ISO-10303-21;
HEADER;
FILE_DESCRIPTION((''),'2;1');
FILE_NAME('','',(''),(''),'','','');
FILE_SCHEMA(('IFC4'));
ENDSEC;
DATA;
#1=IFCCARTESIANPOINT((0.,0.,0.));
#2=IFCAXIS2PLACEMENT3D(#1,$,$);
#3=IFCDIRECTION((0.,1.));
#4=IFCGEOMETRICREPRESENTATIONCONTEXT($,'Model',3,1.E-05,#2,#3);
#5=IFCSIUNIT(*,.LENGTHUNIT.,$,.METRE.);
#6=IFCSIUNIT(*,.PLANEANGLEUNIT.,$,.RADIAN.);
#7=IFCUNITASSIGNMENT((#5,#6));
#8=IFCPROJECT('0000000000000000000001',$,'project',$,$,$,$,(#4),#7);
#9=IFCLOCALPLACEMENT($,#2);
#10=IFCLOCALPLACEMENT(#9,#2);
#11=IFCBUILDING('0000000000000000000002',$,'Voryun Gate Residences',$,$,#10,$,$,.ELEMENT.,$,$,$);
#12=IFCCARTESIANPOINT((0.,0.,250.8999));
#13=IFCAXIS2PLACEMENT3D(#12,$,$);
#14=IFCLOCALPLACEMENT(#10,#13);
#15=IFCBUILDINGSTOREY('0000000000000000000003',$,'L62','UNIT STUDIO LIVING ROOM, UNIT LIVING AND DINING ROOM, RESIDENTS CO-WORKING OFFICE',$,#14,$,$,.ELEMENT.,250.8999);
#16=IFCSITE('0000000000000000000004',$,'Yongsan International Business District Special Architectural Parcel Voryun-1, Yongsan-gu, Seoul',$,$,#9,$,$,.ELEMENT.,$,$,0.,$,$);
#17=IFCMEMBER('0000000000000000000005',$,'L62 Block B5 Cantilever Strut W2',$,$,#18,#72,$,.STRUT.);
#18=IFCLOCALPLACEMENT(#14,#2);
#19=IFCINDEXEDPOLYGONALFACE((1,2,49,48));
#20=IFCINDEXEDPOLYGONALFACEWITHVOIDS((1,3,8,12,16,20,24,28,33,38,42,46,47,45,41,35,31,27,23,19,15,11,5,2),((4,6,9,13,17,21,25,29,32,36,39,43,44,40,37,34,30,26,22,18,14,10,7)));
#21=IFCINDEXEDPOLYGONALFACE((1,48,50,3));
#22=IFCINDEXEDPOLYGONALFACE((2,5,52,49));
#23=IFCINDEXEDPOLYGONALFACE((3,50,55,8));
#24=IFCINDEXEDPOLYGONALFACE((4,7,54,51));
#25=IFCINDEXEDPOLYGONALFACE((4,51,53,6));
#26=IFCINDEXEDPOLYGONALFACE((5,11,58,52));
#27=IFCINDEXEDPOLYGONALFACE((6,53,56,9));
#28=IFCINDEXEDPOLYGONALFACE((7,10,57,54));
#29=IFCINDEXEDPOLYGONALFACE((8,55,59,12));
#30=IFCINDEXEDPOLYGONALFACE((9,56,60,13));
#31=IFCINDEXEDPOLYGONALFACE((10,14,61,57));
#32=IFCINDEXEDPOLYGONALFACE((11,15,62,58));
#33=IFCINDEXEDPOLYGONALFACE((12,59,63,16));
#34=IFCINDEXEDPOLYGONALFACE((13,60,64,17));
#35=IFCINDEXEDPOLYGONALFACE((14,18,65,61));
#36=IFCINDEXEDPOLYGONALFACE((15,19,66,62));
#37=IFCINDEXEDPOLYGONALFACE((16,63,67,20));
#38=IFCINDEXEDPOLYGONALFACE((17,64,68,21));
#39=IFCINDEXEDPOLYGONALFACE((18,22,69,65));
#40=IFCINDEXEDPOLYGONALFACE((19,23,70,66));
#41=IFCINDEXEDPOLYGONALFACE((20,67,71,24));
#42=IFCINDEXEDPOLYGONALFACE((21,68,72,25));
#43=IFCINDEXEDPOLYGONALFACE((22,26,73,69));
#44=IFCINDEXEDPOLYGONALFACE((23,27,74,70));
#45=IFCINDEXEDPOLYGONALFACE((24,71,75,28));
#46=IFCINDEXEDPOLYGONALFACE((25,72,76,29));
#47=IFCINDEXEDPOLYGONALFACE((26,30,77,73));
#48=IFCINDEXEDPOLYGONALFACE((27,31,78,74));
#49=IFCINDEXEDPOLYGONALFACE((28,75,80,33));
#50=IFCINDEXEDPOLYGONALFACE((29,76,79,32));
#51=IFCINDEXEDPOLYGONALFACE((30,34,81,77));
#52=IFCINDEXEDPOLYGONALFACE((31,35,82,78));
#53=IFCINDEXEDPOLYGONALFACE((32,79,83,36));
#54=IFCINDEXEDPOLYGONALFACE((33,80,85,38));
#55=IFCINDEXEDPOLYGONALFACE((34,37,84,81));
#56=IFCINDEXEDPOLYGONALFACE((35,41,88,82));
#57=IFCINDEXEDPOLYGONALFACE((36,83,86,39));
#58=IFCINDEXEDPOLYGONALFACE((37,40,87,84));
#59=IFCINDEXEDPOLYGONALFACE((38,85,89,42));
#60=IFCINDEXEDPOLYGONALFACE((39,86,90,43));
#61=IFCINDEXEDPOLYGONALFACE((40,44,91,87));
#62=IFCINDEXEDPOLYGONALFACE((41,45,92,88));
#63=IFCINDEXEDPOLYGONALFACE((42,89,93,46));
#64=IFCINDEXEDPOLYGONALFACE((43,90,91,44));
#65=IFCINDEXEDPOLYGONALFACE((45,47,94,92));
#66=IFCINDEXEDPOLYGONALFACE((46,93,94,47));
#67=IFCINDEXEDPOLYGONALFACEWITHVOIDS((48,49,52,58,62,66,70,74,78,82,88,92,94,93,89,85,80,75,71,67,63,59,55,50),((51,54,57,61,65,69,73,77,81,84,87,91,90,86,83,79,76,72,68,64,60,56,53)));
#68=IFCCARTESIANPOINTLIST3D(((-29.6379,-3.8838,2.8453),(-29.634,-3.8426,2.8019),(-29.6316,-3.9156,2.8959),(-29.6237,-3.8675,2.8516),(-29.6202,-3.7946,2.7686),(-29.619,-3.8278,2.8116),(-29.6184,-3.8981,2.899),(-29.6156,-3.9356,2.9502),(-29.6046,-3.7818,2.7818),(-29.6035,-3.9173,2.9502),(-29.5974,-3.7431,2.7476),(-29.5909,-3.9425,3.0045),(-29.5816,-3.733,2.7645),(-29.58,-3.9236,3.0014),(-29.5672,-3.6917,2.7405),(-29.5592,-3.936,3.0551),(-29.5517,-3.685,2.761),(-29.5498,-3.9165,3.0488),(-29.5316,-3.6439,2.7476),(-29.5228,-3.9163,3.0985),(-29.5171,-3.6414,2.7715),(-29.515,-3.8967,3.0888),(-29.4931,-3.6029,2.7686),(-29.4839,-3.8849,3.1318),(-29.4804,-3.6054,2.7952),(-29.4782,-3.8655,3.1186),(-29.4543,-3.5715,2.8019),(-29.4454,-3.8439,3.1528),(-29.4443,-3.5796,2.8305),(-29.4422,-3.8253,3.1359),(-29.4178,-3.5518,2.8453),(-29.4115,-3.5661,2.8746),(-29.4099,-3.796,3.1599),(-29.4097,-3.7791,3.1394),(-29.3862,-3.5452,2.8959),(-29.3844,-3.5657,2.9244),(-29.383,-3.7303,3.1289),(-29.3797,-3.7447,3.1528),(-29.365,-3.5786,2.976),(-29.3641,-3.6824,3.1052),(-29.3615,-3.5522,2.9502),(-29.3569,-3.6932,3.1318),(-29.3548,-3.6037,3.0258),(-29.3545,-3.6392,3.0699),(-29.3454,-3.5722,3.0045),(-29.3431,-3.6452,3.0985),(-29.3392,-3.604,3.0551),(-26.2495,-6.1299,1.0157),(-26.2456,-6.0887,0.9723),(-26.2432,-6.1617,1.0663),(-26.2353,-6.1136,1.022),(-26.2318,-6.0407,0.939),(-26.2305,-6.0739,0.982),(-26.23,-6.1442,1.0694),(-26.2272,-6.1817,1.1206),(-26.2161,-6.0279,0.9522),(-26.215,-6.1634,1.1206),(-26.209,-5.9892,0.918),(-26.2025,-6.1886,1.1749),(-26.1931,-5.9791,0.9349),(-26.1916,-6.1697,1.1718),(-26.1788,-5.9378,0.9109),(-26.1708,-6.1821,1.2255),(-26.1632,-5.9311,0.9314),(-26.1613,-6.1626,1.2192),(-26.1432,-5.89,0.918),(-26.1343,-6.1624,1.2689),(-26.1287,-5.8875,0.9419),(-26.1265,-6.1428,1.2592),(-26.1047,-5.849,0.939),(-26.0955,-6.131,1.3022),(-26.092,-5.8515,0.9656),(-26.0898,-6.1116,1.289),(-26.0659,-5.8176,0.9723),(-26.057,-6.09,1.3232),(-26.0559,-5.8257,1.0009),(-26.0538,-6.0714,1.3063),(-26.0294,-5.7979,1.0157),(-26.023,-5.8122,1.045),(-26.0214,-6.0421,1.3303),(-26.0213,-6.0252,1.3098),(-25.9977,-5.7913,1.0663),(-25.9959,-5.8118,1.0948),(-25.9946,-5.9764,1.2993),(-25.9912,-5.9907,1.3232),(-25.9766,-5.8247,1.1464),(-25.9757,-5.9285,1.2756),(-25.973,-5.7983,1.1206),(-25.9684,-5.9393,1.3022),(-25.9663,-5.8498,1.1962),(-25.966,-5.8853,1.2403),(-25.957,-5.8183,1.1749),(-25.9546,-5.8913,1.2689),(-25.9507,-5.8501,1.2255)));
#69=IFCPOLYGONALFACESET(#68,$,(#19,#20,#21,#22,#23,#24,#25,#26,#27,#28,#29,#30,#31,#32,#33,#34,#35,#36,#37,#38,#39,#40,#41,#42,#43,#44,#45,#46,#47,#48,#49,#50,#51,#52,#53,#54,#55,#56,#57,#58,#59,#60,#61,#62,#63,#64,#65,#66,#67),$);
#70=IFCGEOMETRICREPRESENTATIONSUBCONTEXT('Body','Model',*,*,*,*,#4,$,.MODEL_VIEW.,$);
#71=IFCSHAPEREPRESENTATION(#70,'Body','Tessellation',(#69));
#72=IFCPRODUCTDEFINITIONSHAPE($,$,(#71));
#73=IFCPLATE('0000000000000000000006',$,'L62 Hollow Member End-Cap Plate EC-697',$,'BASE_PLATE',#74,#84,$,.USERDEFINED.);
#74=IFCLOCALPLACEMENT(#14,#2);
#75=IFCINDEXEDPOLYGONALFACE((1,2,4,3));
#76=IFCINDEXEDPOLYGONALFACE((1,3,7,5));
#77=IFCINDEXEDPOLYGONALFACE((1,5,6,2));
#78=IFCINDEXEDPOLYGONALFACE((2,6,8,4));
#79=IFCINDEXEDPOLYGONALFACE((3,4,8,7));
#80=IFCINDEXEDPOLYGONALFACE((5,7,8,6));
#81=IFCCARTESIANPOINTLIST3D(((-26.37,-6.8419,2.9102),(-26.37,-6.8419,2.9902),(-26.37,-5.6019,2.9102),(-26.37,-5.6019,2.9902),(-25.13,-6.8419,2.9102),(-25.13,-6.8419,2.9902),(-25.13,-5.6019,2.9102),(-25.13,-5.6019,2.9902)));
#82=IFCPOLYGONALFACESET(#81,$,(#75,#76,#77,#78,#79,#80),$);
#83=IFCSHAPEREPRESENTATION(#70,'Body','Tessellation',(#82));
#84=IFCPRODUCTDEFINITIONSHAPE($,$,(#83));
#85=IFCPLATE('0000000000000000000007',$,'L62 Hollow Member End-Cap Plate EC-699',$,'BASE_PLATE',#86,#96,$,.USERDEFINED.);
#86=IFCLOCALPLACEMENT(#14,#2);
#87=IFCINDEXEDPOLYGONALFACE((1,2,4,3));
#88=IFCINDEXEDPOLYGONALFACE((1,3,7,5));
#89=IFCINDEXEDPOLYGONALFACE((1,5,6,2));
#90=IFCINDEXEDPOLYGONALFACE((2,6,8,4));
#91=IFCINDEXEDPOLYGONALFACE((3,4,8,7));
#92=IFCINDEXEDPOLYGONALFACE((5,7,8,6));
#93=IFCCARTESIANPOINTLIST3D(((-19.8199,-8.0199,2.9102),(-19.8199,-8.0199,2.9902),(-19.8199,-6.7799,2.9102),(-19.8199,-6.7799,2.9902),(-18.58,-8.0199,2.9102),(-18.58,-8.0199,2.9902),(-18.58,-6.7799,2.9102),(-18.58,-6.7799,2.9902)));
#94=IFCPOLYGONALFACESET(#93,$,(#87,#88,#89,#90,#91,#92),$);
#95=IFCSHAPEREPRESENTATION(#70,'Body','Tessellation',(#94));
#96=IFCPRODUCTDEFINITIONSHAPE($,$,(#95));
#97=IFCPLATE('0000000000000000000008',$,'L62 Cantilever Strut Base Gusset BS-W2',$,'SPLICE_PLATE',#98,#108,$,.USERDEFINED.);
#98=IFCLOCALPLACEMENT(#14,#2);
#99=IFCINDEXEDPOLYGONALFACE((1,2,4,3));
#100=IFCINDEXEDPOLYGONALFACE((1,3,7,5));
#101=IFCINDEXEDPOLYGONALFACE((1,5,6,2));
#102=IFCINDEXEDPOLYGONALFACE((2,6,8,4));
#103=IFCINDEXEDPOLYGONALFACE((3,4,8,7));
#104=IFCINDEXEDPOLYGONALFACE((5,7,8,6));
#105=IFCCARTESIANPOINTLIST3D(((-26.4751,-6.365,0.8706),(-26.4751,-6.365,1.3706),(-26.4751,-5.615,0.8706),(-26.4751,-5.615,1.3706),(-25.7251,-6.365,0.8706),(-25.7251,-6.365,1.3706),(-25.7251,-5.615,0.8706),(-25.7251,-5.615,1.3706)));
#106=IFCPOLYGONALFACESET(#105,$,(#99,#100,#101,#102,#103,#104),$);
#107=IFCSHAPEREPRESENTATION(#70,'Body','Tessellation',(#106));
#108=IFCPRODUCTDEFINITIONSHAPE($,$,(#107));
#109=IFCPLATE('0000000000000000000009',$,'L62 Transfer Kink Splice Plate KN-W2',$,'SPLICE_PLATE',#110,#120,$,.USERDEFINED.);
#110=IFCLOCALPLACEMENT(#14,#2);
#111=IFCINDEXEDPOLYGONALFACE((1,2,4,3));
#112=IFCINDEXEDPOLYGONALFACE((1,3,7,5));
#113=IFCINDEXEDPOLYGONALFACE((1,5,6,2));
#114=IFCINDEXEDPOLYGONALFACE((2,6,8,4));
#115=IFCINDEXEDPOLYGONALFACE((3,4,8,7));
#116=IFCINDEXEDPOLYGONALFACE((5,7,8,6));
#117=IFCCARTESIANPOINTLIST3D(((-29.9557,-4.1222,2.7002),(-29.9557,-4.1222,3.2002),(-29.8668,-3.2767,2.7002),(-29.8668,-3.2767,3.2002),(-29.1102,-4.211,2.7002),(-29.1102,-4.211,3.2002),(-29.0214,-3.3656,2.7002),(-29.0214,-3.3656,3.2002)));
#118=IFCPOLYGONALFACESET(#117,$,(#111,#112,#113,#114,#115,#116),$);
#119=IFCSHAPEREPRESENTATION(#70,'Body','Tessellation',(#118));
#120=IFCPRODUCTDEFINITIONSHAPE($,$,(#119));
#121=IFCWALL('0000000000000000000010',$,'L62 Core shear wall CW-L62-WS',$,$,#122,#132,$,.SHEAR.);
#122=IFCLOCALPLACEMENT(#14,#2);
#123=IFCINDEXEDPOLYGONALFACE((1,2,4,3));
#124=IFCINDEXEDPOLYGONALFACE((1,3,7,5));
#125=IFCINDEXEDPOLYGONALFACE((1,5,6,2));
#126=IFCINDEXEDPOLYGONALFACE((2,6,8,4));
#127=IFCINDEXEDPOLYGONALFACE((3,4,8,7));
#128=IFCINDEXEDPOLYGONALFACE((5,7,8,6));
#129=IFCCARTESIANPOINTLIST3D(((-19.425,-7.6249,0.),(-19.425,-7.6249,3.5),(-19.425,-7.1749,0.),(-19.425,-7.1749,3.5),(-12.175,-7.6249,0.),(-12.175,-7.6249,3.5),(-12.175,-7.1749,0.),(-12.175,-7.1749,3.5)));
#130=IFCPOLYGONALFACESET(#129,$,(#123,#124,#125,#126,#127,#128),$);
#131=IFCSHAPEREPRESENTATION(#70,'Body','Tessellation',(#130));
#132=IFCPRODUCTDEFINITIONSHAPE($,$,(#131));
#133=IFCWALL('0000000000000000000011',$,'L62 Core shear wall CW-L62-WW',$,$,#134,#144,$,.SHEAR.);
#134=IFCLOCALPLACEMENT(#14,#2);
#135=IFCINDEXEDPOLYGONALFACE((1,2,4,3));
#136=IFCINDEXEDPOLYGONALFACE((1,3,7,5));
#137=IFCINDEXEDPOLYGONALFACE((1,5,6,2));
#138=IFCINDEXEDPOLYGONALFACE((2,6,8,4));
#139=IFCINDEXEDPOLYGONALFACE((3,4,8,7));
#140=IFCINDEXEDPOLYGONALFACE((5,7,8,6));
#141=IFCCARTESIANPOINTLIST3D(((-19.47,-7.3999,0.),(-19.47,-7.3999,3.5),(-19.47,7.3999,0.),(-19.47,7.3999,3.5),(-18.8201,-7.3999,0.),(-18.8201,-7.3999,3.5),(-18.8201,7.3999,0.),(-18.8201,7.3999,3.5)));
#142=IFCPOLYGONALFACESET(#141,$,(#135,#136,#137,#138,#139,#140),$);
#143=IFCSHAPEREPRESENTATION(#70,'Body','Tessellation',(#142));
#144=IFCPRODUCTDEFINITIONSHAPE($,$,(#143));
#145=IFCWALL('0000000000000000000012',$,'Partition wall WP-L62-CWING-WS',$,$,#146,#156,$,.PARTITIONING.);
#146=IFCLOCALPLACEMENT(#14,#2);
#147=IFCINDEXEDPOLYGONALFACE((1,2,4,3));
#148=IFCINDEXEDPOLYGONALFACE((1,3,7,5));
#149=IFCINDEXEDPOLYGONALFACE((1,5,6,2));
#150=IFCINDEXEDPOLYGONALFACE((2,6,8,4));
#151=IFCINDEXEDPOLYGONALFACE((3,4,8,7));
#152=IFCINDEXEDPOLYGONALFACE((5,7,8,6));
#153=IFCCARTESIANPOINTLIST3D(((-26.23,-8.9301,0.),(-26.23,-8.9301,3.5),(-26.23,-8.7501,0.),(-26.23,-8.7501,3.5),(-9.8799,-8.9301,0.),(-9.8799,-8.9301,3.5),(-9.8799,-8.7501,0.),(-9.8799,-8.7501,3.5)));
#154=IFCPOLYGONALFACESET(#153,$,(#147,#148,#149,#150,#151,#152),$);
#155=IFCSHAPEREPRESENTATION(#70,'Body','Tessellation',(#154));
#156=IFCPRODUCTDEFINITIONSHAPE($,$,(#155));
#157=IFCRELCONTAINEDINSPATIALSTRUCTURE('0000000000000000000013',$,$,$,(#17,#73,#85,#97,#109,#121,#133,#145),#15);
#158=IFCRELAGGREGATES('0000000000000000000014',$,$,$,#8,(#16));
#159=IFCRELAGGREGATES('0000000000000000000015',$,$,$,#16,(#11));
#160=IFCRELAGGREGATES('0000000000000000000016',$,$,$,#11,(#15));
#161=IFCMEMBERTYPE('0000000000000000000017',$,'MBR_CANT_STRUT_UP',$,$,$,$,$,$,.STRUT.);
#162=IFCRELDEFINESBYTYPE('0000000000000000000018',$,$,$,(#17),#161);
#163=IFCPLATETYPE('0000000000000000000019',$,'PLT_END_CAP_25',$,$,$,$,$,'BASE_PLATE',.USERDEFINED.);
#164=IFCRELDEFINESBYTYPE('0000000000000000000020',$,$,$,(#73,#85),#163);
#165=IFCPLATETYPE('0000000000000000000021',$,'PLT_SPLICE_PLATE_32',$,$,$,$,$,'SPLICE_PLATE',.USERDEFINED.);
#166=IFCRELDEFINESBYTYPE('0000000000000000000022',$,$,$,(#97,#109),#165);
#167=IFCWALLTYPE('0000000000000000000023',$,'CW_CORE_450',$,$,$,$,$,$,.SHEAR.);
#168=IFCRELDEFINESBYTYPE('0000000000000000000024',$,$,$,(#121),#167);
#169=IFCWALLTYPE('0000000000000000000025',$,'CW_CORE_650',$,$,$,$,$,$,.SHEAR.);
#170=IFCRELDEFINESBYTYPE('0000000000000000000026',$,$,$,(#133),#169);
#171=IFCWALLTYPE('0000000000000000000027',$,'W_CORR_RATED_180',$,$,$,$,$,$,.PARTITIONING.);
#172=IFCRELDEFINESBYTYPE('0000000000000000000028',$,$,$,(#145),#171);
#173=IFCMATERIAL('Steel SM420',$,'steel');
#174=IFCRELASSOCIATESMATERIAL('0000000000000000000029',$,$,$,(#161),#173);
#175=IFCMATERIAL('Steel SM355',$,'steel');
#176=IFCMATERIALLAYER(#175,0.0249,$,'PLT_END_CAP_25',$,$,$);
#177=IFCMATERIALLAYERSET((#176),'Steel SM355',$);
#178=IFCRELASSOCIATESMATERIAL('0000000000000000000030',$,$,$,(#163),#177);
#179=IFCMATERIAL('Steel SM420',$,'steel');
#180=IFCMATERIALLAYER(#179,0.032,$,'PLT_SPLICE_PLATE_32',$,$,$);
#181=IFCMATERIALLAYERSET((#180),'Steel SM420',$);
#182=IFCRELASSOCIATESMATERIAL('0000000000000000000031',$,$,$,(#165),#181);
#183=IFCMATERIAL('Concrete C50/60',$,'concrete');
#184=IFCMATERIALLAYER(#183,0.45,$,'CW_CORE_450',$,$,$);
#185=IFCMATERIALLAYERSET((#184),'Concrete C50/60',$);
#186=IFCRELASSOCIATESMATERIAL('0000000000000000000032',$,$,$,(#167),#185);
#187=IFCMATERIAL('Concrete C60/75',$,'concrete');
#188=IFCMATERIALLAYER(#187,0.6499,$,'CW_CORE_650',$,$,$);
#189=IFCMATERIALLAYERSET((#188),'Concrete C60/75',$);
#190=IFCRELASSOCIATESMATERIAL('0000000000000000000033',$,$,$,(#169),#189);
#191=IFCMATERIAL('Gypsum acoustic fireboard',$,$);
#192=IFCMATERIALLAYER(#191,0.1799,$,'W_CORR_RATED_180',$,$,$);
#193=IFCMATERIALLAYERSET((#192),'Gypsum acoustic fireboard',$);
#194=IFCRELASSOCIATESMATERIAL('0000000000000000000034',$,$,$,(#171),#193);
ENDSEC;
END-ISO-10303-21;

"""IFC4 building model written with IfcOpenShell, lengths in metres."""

from ifc_helpers import new_model, si_unit, direction, frame, frame_2d, origin, origin_2d, place, context, subcontext, project, spatial, rectangle, hollow_circle, extrude, material, layer, layer_set, material_profile, profile_set, type_object, element, save


model = new_model("IFC4")

# Units and contexts
model_context = context("Model", 3, precision=1e-05, world=origin(), true_north=direction((0.0, 1.0)))
body_context = subcontext(model_context, "Body", "Model", "MODEL_VIEW")
ifc_project = project(units=[si_unit("LENGTHUNIT", "METRE"), si_unit("PLANEANGLEUNIT", "RADIAN")], contexts=[model_context])

# Site, building, storey
site_placement = place(None, origin())
site = spatial("IfcSite", under=ifc_project, at=site_placement, Name="Yongsan International Business District Special Architectural Parcel Voryun-1, Yongsan-gu, Seoul", CompositionType="ELEMENT", RefElevation=0.0)
building_placement = place(site_placement, origin())
building = spatial("IfcBuilding", under=site, at=building_placement, Name="Voryun Gate Residences", CompositionType="ELEMENT")
storey_placement = place(building_placement, frame((0.0, 0.0, 250.8999)))
storey = spatial("IfcBuildingStorey", under=building, at=storey_placement, Name="L62", Description="UNIT STUDIO LIVING ROOM, UNIT LIVING AND DINING ROOM, RESIDENTS CO-WORKING OFFICE", CompositionType="ELEMENT", Elevation=250.8999)

# Member
ifc_material_1 = material(Name="Steel SM420", Category="steel")
ifc_material_profile_1 = material_profile(ifc_material_1, hollow_circle(Radius=0.23, WallThickness=0.022, at=origin_2d()), Name="CHS-460x22")
ifc_profile_set_1 = profile_set([ifc_material_profile_1], Name="Steel SM420")
member_type = type_object("IfcMemberType", Name="MBR_CANT_STRUT_UP", PredefinedType="STRUT", material=ifc_profile_set_1)
member_placement = place(storey_placement, frame((-26.1001, -5.99, 1.1206), z_axis=(-0.760078, 0.503834, 0.410406), x_axis=(-0.552509, -0.833507, 0.0)))
element("IfcMember", 1, at=member_placement, inside=storey, type_object=member_type, Name="L62 Block B5 Cantilever Strut W2", PredefinedType="STRUT", context=body_context, shape_type="SweptSolid", body=[
    extrude(hollow_circle(Radius=0.23, WallThickness=0.022, at=origin_2d()), origin(), (0.0, 0.0, 1.0), 4.458),
])

# Plates
ifc_material_2 = material(Name="Steel SM355", Category="steel")
ifc_layer_1 = layer(ifc_material_2, 0.0249, Name="PLT_END_CAP_25")
ifc_layer_set_1 = layer_set([ifc_layer_1], Name="Steel SM355")
plate_type_1 = type_object("IfcPlateType", Name="PLT_END_CAP_25", ElementType="BASE_PLATE", PredefinedType="USERDEFINED", material=ifc_layer_set_1)
for number, where, z_axis, x_axis, name in (
    (2, (-25.75, -6.2219, 2.9102), (0.0, 0.0, 1.0), (1.0, 0.0, 0.0), "L62 Hollow Member End-Cap Plate EC-697"),
    (3, (-19.2, -7.3999, 2.9102), (0.0, 0.0, 1.0), (1.0, 0.0, 0.0), "L62 Hollow Member End-Cap Plate EC-699"),
):
    element("IfcPlate", number, at=place(storey_placement, frame(where, z_axis=z_axis, x_axis=x_axis)), inside=storey, type_object=plate_type_1, Name=name, ObjectType="BASE_PLATE", PredefinedType="USERDEFINED", context=body_context, shape_type="SweptSolid", body=[
        extrude(rectangle(XDim=1.24, YDim=1.24, at=origin_2d()), origin(), (0.0, 0.0, 1.0), 0.0801),
    ])
ifc_material_3 = material(Name="Steel SM420", Category="steel")
ifc_layer_2 = layer(ifc_material_3, 0.032, Name="PLT_SPLICE_PLATE_32")
ifc_layer_set_2 = layer_set([ifc_layer_2], Name="Steel SM420")
plate_type_2 = type_object("IfcPlateType", Name="PLT_SPLICE_PLATE_32", ElementType="SPLICE_PLATE", PredefinedType="USERDEFINED", material=ifc_layer_set_2)
plate_1_placement = place(storey_placement, frame((-26.1001, -5.99, 0.8706), z_axis=(0.0, 0.0, 1.0), x_axis=(1.0, 0.0, 0.0)))
element("IfcPlate", 4, at=plate_1_placement, inside=storey, type_object=plate_type_2, Name="L62 Cantilever Strut Base Gusset BS-W2", ObjectType="SPLICE_PLATE", PredefinedType="USERDEFINED", context=body_context, shape_type="SweptSolid", body=[
    extrude(rectangle(XDim=0.75, YDim=0.75, at=origin_2d()), origin(), (0.0, 0.0, 1.0), 0.5),
])
plate_2_placement = place(storey_placement, frame((-29.4885, -3.7439, 2.7002), z_axis=(0.0, 0.0, 1.0), x_axis=(0.994522, -0.104528, 0.0)))
element("IfcPlate", 5, at=plate_2_placement, inside=storey, type_object=plate_type_2, Name="L62 Transfer Kink Splice Plate KN-W2", ObjectType="SPLICE_PLATE", PredefinedType="USERDEFINED", context=body_context, shape_type="SweptSolid", body=[
    extrude(rectangle(XDim=0.8501, YDim=0.8501, at=origin_2d()), origin(), (0.0, 0.0, 1.0), 0.5),
])

# Walls
ifc_material_4 = material(Name="Concrete C50/60", Category="concrete")
ifc_layer_3 = layer(ifc_material_4, 0.45, Name="CW_CORE_450")
ifc_layer_set_3 = layer_set([ifc_layer_3], Name="Concrete C50/60")
wall_type_1 = type_object("IfcWallType", Name="CW_CORE_450", PredefinedType="SHEAR", material=ifc_layer_set_3)
wall_1_placement = place(storey_placement, frame((-19.425, -7.3999, 0.0), z_axis=(0.0, 0.0, 1.0), x_axis=(1.0, 0.0, 0.0)))
element("IfcWall", 6, at=wall_1_placement, inside=storey, type_object=wall_type_1, Name="L62 Core shear wall CW-L62-WS", PredefinedType="SHEAR", context=body_context, shape_type="SweptSolid", body=[
    extrude(rectangle(XDim=7.25, YDim=0.45, at=frame_2d((3.625, 0.0))), origin(), (0.0, 0.0, 1.0), 3.5),
])
ifc_material_5 = material(Name="Concrete C60/75", Category="concrete")
ifc_layer_4 = layer(ifc_material_5, 0.6499, Name="CW_CORE_650")
ifc_layer_set_4 = layer_set([ifc_layer_4], Name="Concrete C60/75")
wall_type_2 = type_object("IfcWallType", Name="CW_CORE_650", PredefinedType="SHEAR", material=ifc_layer_set_4)
wall_2_placement = place(storey_placement, frame((-19.145, -7.3999, 0.0), z_axis=(0.0, 0.0, 1.0), x_axis=(0.0, 1.0, 0.0)))
element("IfcWall", 7, at=wall_2_placement, inside=storey, type_object=wall_type_2, Name="L62 Core shear wall CW-L62-WW", PredefinedType="SHEAR", context=body_context, shape_type="SweptSolid", body=[
    extrude(rectangle(XDim=14.7998, YDim=0.6499, at=frame_2d((7.3999, 0.0))), origin(), (0.0, 0.0, 1.0), 3.5),
])
ifc_material_6 = material(Name="Gypsum acoustic fireboard")
ifc_layer_5 = layer(ifc_material_6, 0.1799, Name="W_CORR_RATED_180")
ifc_layer_set_5 = layer_set([ifc_layer_5], Name="Gypsum acoustic fireboard")
wall_type_3 = type_object("IfcWallType", Name="W_CORR_RATED_180", PredefinedType="PARTITIONING", material=ifc_layer_set_5)
wall_3_placement = place(storey_placement, frame((-26.23, -8.8401, 0.0), z_axis=(0.0, 0.0, 1.0), x_axis=(1.0, 0.0, 0.0)))
element("IfcWall", 8, at=wall_3_placement, inside=storey, type_object=wall_type_3, Name="Partition wall WP-L62-CWING-WS", PredefinedType="PARTITIONING", context=body_context, shape_type="SweptSolid", body=[
    extrude(rectangle(XDim=16.3501, YDim=0.1799, at=frame_2d((8.175, 0.0))), origin(), (0.0, 0.0, 1.0), 3.5),
])

save(model, "model.ifc")
